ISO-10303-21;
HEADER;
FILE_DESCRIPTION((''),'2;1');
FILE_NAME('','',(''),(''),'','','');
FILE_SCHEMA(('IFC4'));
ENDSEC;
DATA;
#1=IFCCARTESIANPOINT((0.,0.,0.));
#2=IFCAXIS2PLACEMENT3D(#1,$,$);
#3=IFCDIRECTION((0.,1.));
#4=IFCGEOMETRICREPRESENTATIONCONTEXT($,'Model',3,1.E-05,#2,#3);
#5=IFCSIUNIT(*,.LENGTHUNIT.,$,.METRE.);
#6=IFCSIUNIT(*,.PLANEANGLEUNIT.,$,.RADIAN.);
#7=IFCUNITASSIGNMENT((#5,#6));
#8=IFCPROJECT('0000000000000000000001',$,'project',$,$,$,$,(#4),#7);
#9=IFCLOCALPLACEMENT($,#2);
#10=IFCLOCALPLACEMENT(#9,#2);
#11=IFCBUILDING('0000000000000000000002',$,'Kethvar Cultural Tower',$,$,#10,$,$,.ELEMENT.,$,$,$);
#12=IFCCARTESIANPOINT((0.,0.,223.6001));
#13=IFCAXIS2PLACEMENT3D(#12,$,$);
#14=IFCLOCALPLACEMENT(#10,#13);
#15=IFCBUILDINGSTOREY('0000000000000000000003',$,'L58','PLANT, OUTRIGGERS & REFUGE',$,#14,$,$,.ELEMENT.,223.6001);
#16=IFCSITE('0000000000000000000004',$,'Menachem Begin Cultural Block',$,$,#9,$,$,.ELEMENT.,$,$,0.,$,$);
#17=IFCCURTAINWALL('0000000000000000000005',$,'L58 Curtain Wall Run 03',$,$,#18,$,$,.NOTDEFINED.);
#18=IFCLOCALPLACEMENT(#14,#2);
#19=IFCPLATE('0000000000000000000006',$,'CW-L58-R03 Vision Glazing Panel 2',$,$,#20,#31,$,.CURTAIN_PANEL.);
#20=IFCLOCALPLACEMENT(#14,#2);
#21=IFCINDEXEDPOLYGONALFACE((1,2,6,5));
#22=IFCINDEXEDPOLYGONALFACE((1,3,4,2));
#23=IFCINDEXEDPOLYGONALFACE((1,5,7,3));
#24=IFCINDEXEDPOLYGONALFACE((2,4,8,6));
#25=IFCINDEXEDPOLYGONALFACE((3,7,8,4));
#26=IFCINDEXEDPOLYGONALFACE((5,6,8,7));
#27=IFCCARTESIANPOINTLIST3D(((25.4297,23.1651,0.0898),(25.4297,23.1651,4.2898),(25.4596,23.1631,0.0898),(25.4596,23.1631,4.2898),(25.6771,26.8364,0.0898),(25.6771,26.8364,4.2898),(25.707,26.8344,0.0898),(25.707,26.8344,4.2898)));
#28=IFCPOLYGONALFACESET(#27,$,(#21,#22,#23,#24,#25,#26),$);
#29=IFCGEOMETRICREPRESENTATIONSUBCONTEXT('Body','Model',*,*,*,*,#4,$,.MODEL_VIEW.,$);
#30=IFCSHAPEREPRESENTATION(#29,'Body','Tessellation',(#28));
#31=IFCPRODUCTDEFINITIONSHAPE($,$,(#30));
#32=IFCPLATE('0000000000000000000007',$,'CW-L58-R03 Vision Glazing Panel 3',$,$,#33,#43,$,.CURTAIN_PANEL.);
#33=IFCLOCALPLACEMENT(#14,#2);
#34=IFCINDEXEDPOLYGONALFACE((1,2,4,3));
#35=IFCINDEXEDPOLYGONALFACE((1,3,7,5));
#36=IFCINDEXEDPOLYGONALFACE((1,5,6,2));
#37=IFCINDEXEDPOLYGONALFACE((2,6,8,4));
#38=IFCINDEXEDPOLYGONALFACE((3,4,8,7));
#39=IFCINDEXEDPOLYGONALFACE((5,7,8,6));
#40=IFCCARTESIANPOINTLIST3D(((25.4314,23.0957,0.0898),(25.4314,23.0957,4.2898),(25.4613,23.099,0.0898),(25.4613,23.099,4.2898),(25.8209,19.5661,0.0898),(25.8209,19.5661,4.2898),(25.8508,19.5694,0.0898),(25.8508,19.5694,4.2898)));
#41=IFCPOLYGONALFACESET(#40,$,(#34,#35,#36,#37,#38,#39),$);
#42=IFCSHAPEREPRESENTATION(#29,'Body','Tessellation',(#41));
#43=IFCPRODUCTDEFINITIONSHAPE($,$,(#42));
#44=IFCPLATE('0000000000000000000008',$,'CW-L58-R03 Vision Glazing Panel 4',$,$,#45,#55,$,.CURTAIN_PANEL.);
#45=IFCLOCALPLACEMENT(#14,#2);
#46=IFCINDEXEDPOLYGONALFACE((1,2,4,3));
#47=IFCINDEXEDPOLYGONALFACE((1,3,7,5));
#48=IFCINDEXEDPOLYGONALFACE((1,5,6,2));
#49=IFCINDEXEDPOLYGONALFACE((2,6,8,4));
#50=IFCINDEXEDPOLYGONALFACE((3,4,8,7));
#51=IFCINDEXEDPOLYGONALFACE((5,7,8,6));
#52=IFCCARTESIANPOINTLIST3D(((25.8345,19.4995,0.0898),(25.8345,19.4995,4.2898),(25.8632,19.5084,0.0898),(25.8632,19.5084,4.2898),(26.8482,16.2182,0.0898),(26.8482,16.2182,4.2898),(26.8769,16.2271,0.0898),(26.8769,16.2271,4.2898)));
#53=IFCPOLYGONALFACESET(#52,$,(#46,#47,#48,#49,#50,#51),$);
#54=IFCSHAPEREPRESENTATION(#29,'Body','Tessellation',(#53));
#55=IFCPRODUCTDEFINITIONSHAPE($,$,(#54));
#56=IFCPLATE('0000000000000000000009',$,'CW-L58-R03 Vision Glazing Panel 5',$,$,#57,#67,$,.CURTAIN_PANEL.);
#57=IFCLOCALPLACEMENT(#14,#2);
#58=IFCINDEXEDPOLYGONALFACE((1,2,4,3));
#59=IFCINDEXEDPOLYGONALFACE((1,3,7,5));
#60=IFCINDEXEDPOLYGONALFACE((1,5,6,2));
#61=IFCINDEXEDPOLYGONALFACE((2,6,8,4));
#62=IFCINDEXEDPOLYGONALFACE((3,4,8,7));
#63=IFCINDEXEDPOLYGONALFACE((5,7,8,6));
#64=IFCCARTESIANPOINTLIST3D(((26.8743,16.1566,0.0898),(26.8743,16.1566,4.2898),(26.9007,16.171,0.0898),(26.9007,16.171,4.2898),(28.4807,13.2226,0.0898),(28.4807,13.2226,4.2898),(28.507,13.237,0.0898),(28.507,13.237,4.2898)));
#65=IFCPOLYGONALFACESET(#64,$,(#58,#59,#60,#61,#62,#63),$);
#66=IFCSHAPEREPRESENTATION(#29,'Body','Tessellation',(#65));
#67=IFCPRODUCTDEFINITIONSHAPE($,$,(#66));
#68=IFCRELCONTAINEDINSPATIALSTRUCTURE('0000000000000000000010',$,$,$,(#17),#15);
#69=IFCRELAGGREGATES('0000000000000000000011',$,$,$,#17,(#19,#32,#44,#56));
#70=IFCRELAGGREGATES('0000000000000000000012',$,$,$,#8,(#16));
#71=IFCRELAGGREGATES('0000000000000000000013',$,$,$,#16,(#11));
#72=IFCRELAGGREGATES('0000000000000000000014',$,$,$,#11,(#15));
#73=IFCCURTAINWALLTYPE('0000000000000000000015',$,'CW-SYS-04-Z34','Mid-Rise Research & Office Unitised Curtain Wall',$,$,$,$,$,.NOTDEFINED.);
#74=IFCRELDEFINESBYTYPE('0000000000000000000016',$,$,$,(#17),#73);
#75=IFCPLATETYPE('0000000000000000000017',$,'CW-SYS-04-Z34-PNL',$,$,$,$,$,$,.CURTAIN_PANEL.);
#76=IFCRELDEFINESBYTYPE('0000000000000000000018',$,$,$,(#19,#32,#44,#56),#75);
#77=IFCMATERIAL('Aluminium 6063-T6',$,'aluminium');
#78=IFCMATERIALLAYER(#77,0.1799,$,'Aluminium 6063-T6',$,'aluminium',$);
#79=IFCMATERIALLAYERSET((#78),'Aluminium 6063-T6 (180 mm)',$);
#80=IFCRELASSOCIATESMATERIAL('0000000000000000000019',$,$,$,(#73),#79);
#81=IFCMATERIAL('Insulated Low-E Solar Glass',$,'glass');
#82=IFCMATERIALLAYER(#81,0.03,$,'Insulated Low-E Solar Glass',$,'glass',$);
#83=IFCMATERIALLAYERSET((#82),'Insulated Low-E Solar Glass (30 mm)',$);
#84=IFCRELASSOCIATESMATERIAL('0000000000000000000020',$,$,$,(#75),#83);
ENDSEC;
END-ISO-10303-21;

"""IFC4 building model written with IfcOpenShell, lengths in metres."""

from ifc_helpers import new_model, si_unit, direction, frame, origin, origin_2d, place, context, subcontext, project, spatial, rectangle, extrude, source, transform, mapped, material, layer, layer_set, type_object, element, aggregate, save


model = new_model("IFC4")

# Units and contexts
model_context = context("Model", 3, precision=1e-05, world=origin(), true_north=direction((0.0, 1.0)))
body_context = subcontext(model_context, "Body", "Model", "MODEL_VIEW")
ifc_project = project(units=[si_unit("LENGTHUNIT", "METRE"), si_unit("PLANEANGLEUNIT", "RADIAN")], contexts=[model_context])

# Site, building, storey
site_placement = place(None, origin())
site = spatial("IfcSite", under=ifc_project, at=site_placement, Name="Menachem Begin Cultural Block", CompositionType="ELEMENT", RefElevation=0.0)
building_placement = place(site_placement, origin())
building = spatial("IfcBuilding", under=site, at=building_placement, Name="Kethvar Cultural Tower", CompositionType="ELEMENT")
storey_placement = place(building_placement, frame((0.0, 0.0, 223.6001)))
storey = spatial("IfcBuildingStorey", under=building, at=storey_placement, Name="L58", Description="PLANT, OUTRIGGERS & REFUGE", CompositionType="ELEMENT", Elevation=223.6001)

# Curtain wall
ifc_material_1 = material(Name="Aluminium 6063-T6", Category="aluminium")
ifc_layer_1 = layer(ifc_material_1, 0.1799, Name="Aluminium 6063-T6", Category="aluminium")
ifc_layer_set_1 = layer_set([ifc_layer_1], Name="Aluminium 6063-T6 (180 mm)")
curtain_wall_type = type_object("IfcCurtainWallType", Name="CW-SYS-04-Z34", Description="Mid-Rise Research & Office Unitised Curtain Wall", PredefinedType="NOTDEFINED", material=ifc_layer_set_1)
curtain_wall_placement = place(storey_placement, origin())
curtain_wall = element("IfcCurtainWall", 1, at=curtain_wall_placement, inside=storey, type_object=curtain_wall_type, Name="L58 Curtain Wall Run 03", PredefinedType="NOTDEFINED")

# Plates
ifc_material_2 = material(Name="Insulated Low-E Solar Glass", Category="glass")
ifc_layer_2 = layer(ifc_material_2, 0.03, Name="Insulated Low-E Solar Glass", Category="glass")
ifc_layer_set_2 = layer_set([ifc_layer_2], Name="Insulated Low-E Solar Glass (30 mm)")
plate_type_1 = type_object("IfcPlateType", Name="CW-SYS-04-Z34-PNL", PredefinedType="CURTAIN_PANEL", material=ifc_layer_set_2)
shared_shape_1 = source(origin(), body_context, "Body", "SweptSolid", [
    extrude(rectangle(XDim=3.6797, YDim=0.03, at=origin_2d()), origin(), (0.0, 0.0, 1.0), 4.2),
])
plate_1_placement = place(storey_placement, frame((25.5684, 24.9998, 0.0898), z_axis=(0.0, 0.0, 1.0), x_axis=(-0.067232, -0.997737, 0.0)))
plate_1 = element("IfcPlate", 2, at=plate_1_placement, type_object=plate_type_1, Name="CW-L58-R03 Vision Glazing Panel 2", PredefinedType="CURTAIN_PANEL", context=body_context, shape_type="MappedRepresentation", body=[
    mapped(shared_shape_1, transform((0.0, 0.0, 0.0), scale=1.0)),
])
shared_shape_2 = source(origin(), body_context, "Body", "SweptSolid", [
    extrude(rectangle(XDim=3.551, YDim=0.03, at=origin_2d()), origin(), (0.0, 0.0, 1.0), 4.2),
])
plate_2_placement = place(storey_placement, frame((25.6411, 21.3325, 0.0898), z_axis=(0.0, 0.0, 1.0), x_axis=(0.109682, -0.993967, 0.0)))
plate_2 = element("IfcPlate", 3, at=plate_2_placement, type_object=plate_type_1, Name="CW-L58-R03 Vision Glazing Panel 3", PredefinedType="CURTAIN_PANEL", context=body_context, shape_type="MappedRepresentation", body=[
    mapped(shared_shape_2, transform((0.0, 0.0, 0.0), scale=1.0)),
])
shared_shape_3 = source(origin(), body_context, "Body", "SweptSolid", [
    extrude(rectangle(XDim=3.4343, YDim=0.03, at=origin_2d()), origin(), (0.0, 0.0, 1.0), 4.2),
])
plate_3_placement = place(storey_placement, frame((26.3557, 17.8633, 0.0898), z_axis=(0.0, 0.0, 1.0), x_axis=(0.295158, -0.955449, 0.0)))
plate_3 = element("IfcPlate", 4, at=plate_3_placement, type_object=plate_type_1, Name="CW-L58-R03 Vision Glazing Panel 4", PredefinedType="CURTAIN_PANEL", context=body_context, shape_type="MappedRepresentation", body=[
    mapped(shared_shape_3, transform((0.0, 0.0, 0.0), scale=1.0)),
])
shared_shape_4 = source(origin(), body_context, "Body", "SweptSolid", [
    extrude(rectangle(XDim=3.345, YDim=0.03, at=origin_2d()), origin(), (0.0, 0.0, 1.0), 4.2),
])
plate_4_placement = place(storey_placement, frame((27.6907, 14.6968, 0.0898), z_axis=(0.0, 0.0, 1.0), x_axis=(0.480223, -0.877146, 0.0)))
plate_4 = element("IfcPlate", 5, at=plate_4_placement, type_object=plate_type_1, Name="CW-L58-R03 Vision Glazing Panel 5", PredefinedType="CURTAIN_PANEL", context=body_context, shape_type="MappedRepresentation", body=[
    mapped(shared_shape_4, transform((0.0, 0.0, 0.0), scale=1.0)),
])
aggregate(curtain_wall, [plate_1, plate_2, plate_3, plate_4])

save(model, "model.ifc")
